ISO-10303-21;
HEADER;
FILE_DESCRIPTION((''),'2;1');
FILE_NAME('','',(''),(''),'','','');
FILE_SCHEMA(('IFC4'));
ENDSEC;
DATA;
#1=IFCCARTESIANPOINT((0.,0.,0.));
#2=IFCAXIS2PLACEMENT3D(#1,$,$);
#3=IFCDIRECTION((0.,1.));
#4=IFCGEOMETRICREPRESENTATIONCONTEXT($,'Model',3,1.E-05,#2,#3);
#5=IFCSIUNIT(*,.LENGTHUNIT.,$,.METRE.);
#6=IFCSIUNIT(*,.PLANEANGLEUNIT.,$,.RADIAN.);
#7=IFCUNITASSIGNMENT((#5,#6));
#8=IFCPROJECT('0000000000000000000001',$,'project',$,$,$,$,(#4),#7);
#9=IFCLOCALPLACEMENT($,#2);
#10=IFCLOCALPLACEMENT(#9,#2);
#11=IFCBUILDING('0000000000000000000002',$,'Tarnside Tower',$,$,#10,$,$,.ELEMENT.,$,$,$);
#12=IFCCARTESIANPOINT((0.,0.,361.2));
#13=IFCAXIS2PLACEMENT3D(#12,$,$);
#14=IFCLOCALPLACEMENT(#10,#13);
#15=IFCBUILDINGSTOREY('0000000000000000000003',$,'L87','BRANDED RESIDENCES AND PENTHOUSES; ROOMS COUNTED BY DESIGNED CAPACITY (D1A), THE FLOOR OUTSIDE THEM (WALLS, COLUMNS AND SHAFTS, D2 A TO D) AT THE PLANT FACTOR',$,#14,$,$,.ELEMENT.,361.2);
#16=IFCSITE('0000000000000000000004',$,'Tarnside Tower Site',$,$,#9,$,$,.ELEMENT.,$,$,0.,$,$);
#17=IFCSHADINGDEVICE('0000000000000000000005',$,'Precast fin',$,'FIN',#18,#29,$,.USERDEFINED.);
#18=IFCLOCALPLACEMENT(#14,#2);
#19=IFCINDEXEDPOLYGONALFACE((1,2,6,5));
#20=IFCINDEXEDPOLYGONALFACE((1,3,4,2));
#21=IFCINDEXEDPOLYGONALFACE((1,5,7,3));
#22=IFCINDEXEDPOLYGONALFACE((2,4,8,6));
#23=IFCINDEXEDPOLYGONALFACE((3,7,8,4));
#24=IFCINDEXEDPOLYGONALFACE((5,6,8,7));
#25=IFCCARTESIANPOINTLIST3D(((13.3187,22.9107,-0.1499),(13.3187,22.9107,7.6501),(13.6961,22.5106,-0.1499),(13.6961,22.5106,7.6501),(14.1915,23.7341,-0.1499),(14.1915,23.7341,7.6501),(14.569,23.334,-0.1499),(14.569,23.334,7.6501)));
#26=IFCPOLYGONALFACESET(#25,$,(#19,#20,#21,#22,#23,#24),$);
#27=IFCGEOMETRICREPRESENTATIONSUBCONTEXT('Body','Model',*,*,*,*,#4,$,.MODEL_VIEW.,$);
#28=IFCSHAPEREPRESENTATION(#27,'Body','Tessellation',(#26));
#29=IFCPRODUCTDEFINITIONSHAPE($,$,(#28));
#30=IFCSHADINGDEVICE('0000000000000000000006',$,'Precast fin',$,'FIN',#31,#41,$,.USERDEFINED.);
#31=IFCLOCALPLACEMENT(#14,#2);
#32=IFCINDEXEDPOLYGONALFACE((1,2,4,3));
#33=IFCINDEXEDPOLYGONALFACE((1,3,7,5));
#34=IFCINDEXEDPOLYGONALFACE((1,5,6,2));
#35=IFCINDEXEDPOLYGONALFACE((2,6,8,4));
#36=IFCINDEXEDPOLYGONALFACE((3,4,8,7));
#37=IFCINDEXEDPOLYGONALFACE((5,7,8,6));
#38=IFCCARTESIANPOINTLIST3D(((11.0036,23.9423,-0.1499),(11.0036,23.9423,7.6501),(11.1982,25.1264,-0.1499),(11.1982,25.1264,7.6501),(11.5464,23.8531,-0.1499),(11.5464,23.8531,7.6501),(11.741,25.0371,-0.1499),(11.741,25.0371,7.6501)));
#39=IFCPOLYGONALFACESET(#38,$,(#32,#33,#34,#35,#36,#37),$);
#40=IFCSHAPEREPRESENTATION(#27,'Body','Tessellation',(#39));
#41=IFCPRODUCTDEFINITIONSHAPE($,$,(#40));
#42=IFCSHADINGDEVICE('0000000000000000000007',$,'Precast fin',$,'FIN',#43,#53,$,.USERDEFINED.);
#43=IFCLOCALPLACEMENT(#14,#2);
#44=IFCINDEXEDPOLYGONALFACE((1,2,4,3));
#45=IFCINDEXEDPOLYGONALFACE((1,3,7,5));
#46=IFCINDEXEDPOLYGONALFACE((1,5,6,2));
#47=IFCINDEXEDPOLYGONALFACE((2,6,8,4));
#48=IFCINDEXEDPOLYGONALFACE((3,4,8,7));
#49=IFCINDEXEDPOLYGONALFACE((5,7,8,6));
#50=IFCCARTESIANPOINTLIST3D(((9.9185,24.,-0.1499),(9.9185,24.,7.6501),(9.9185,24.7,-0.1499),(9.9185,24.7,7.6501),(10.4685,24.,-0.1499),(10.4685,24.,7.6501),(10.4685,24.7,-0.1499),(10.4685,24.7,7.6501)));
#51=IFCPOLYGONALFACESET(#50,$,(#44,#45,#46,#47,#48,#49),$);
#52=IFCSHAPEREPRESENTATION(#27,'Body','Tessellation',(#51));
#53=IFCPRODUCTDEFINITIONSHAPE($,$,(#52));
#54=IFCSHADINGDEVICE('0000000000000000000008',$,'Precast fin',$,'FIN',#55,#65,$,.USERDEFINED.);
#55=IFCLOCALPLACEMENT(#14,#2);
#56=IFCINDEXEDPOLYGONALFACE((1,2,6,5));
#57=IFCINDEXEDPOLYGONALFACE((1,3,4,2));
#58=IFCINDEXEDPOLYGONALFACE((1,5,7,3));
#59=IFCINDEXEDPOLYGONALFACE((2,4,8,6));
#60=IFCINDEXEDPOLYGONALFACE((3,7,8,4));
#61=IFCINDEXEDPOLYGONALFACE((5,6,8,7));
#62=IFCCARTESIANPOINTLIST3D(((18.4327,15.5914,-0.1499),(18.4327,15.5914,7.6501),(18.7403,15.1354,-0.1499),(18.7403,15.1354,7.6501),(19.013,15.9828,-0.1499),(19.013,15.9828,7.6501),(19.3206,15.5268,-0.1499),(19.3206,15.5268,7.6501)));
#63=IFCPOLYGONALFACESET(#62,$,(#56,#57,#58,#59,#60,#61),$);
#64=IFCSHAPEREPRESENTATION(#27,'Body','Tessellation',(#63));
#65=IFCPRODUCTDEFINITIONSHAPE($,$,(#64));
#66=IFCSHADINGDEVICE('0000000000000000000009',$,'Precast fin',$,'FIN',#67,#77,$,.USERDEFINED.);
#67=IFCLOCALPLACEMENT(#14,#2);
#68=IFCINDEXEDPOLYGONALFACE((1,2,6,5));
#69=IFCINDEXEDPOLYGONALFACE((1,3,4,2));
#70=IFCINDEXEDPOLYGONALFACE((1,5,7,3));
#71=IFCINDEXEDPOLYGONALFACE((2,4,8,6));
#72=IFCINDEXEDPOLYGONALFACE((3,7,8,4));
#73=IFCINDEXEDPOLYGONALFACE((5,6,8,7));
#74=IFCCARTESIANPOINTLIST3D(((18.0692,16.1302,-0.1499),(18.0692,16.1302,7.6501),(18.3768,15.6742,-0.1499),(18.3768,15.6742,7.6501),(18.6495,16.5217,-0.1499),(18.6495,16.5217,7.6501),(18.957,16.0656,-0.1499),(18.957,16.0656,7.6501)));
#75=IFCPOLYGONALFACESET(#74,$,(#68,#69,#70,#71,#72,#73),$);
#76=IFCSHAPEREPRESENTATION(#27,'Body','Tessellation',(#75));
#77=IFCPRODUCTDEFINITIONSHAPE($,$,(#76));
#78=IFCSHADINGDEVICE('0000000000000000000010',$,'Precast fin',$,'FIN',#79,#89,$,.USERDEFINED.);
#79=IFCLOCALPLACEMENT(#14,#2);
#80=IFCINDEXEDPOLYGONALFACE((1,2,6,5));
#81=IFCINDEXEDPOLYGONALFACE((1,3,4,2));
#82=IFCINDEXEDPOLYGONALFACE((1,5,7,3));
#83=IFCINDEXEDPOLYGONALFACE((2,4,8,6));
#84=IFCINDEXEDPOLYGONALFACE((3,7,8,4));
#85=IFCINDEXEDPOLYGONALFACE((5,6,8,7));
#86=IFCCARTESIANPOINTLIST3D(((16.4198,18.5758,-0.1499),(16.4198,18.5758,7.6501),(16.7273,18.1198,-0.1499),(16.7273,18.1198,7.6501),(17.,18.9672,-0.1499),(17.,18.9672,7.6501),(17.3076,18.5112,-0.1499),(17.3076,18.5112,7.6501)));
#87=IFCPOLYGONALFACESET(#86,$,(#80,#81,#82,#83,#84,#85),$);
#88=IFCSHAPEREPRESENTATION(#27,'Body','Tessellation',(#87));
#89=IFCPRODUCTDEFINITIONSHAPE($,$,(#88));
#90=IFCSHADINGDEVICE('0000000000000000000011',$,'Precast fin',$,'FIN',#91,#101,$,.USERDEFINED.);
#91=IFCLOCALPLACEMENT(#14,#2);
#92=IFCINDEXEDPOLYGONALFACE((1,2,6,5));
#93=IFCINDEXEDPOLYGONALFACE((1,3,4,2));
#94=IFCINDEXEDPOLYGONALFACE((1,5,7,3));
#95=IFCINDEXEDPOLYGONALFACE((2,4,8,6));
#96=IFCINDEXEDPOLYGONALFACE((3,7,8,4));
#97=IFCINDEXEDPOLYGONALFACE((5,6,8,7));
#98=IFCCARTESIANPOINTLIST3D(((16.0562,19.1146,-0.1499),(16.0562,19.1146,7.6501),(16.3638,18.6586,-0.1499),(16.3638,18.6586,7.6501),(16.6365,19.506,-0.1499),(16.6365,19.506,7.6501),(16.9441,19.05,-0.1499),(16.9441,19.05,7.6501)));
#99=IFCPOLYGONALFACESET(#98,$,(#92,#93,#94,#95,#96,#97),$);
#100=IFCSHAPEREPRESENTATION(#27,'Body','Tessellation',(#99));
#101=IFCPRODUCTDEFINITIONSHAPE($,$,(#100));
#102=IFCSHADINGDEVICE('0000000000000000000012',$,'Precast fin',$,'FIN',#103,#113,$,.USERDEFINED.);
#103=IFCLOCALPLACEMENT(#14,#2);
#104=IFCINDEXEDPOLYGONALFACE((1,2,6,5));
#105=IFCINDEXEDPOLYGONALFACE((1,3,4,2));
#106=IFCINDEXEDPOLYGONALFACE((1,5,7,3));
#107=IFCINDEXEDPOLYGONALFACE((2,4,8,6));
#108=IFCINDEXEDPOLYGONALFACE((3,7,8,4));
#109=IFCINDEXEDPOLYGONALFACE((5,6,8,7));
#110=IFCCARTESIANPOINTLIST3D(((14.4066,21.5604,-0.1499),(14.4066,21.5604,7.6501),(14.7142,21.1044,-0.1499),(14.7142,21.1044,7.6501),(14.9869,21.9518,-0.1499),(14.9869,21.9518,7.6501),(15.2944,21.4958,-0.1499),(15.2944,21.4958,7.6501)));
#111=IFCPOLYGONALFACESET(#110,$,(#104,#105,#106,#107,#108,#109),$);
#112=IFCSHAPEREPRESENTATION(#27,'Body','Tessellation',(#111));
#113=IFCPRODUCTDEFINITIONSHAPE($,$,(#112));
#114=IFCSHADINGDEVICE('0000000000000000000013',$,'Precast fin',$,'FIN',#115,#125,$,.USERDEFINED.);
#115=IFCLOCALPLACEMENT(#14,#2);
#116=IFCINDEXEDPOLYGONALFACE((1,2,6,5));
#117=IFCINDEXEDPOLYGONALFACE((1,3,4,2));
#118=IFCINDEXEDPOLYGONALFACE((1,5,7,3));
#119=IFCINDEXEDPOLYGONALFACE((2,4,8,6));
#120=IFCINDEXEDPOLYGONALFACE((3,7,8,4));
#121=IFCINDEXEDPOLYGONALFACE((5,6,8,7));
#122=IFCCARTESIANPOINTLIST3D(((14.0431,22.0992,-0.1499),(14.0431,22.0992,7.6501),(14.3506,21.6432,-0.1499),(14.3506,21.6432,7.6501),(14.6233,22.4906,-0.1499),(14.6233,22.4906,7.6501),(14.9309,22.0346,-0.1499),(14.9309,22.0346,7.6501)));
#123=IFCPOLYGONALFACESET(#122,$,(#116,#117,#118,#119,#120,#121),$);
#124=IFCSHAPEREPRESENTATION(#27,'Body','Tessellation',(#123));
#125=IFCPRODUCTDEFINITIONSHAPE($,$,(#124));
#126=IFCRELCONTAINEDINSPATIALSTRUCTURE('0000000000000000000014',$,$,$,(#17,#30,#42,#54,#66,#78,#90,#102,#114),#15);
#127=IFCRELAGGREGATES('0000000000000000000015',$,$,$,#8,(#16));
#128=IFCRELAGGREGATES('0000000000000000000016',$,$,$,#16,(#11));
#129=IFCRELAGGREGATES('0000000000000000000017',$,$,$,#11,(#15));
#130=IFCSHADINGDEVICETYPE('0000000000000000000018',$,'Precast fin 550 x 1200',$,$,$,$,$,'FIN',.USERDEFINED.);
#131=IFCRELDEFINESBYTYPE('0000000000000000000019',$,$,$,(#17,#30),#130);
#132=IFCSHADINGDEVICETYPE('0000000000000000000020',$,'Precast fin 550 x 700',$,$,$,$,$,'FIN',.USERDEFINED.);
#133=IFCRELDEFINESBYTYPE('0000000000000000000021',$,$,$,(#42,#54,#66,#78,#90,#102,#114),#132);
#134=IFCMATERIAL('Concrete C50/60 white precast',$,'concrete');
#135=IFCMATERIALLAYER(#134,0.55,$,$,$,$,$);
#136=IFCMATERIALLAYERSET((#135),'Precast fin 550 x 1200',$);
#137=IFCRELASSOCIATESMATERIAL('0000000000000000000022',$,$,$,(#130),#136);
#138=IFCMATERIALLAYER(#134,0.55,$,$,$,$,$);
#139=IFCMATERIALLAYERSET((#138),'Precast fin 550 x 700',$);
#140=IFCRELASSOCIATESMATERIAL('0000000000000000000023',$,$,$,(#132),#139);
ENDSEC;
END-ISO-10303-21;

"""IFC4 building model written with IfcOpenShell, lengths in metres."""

from ifc_helpers import new_model, si_unit, direction, frame, origin, place, context, subcontext, project, spatial, polyline, outline, extrude, material, layer, layer_set, type_object, element, save


model = new_model("IFC4")

# Units and contexts
model_context = context("Model", 3, precision=1e-05, world=origin(), true_north=direction((0.0, 1.0)))
body_context = subcontext(model_context, "Body", "Model", "MODEL_VIEW")
ifc_project = project(units=[si_unit("LENGTHUNIT", "METRE"), si_unit("PLANEANGLEUNIT", "RADIAN")], contexts=[model_context])

# Site, building, storey
site_placement = place(None, origin())
site = spatial("IfcSite", under=ifc_project, at=site_placement, Name="Tarnside Tower Site", CompositionType="ELEMENT", RefElevation=0.0)
building_placement = place(site_placement, origin())
building = spatial("IfcBuilding", under=site, at=building_placement, Name="Tarnside Tower", CompositionType="ELEMENT")
storey_placement = place(building_placement, frame((0.0, 0.0, 361.2)))
storey = spatial("IfcBuildingStorey", under=building, at=storey_placement, Name="L87", Description="BRANDED RESIDENCES AND PENTHOUSES; ROOMS COUNTED BY DESIGNED CAPACITY (D1A), THE FLOOR OUTSIDE THEM (WALLS, COLUMNS AND SHAFTS, D2 A TO D) AT THE PLANT FACTOR", CompositionType="ELEMENT", Elevation=361.2)

# Shading devices
ifc_material_1 = material(Name="Concrete C50/60 white precast", Category="concrete")
ifc_layer_1 = layer(ifc_material_1, 0.55)
ifc_layer_set_1 = layer_set([ifc_layer_1], Name="Precast fin 550 x 1200")
shading_device_type_1 = type_object("IfcShadingDeviceType", Name="Precast fin 550 x 1200", ElementType="FIN", PredefinedType="USERDEFINED", material=ifc_layer_set_1)
for number, where, z_axis, x_axis, name in (
    (1, (13.5073, 22.7107, -0.1499), (0.686242, -0.727374, 0.0), (0.727374, 0.686242, 0.0), "Precast fin"),
    (2, (11.2749, 23.8977, -0.1499), (0.986762, -0.162178, 0.0), (0.162178, 0.986762, 0.0), "Precast fin"),
):
    element("IfcShadingDevice", number, at=place(storey_placement, frame(where, z_axis=z_axis, x_axis=x_axis)), inside=storey, type_object=shading_device_type_1, Name=name, ObjectType="FIN", PredefinedType="USERDEFINED", context=body_context, shape_type="SweptSolid", body=[
        extrude(outline(polyline([(0.0, 0.0), (1.2, 0.0), (1.2, 7.8), (0.0, 7.8), (0.0, 0.0)])), frame((0.0, 0.0, -0.2749)), (0.0, 0.0, 1.0), 0.55),
    ])
ifc_layer_2 = layer(ifc_material_1, 0.55)
ifc_layer_set_2 = layer_set([ifc_layer_2], Name="Precast fin 550 x 700")
shading_device_type_2 = type_object("IfcShadingDeviceType", Name="Precast fin 550 x 700", ElementType="FIN", PredefinedType="USERDEFINED", material=ifc_layer_set_2)
for number, where, z_axis, x_axis, name in (
    (3, (10.1934, 24.0, -0.1499), (1.0, 0.0, 0.0), (0.0, 1.0, 0.0), "Precast fin"),
    (4, (18.5864, 15.3635, -0.1499), (0.559193, -0.829038, 0.0), (0.829038, 0.559193, 0.0), "Precast fin"),
    (5, (18.2229, 15.9023, -0.1499), (0.559193, -0.829038, 0.0), (0.829038, 0.559193, 0.0), "Precast fin"),
    (6, (16.5735, 18.3479, -0.1499), (0.559193, -0.829038, 0.0), (0.829038, 0.559193, 0.0), "Precast fin"),
    (7, (16.21, 18.8867, -0.1499), (0.559193, -0.829038, 0.0), (0.829038, 0.559193, 0.0), "Precast fin"),
    (8, (14.5603, 21.3325, -0.1499), (0.559193, -0.829038, 0.0), (0.829038, 0.559193, 0.0), "Precast fin"),
    (9, (14.1968, 21.8713, -0.1499), (0.559193, -0.829038, 0.0), (0.829038, 0.559193, 0.0), "Precast fin"),
):
    element("IfcShadingDevice", number, at=place(storey_placement, frame(where, z_axis=z_axis, x_axis=x_axis)), inside=storey, type_object=shading_device_type_2, Name=name, ObjectType="FIN", PredefinedType="USERDEFINED", context=body_context, shape_type="SweptSolid", body=[
        extrude(outline(polyline([(0.0, 0.0), (0.7, 0.0), (0.7, 7.8), (0.0, 7.8), (0.0, 0.0)])), frame((0.0, 0.0, -0.2749)), (0.0, 0.0, 1.0), 0.55),
    ])

save(model, "model.ifc")
